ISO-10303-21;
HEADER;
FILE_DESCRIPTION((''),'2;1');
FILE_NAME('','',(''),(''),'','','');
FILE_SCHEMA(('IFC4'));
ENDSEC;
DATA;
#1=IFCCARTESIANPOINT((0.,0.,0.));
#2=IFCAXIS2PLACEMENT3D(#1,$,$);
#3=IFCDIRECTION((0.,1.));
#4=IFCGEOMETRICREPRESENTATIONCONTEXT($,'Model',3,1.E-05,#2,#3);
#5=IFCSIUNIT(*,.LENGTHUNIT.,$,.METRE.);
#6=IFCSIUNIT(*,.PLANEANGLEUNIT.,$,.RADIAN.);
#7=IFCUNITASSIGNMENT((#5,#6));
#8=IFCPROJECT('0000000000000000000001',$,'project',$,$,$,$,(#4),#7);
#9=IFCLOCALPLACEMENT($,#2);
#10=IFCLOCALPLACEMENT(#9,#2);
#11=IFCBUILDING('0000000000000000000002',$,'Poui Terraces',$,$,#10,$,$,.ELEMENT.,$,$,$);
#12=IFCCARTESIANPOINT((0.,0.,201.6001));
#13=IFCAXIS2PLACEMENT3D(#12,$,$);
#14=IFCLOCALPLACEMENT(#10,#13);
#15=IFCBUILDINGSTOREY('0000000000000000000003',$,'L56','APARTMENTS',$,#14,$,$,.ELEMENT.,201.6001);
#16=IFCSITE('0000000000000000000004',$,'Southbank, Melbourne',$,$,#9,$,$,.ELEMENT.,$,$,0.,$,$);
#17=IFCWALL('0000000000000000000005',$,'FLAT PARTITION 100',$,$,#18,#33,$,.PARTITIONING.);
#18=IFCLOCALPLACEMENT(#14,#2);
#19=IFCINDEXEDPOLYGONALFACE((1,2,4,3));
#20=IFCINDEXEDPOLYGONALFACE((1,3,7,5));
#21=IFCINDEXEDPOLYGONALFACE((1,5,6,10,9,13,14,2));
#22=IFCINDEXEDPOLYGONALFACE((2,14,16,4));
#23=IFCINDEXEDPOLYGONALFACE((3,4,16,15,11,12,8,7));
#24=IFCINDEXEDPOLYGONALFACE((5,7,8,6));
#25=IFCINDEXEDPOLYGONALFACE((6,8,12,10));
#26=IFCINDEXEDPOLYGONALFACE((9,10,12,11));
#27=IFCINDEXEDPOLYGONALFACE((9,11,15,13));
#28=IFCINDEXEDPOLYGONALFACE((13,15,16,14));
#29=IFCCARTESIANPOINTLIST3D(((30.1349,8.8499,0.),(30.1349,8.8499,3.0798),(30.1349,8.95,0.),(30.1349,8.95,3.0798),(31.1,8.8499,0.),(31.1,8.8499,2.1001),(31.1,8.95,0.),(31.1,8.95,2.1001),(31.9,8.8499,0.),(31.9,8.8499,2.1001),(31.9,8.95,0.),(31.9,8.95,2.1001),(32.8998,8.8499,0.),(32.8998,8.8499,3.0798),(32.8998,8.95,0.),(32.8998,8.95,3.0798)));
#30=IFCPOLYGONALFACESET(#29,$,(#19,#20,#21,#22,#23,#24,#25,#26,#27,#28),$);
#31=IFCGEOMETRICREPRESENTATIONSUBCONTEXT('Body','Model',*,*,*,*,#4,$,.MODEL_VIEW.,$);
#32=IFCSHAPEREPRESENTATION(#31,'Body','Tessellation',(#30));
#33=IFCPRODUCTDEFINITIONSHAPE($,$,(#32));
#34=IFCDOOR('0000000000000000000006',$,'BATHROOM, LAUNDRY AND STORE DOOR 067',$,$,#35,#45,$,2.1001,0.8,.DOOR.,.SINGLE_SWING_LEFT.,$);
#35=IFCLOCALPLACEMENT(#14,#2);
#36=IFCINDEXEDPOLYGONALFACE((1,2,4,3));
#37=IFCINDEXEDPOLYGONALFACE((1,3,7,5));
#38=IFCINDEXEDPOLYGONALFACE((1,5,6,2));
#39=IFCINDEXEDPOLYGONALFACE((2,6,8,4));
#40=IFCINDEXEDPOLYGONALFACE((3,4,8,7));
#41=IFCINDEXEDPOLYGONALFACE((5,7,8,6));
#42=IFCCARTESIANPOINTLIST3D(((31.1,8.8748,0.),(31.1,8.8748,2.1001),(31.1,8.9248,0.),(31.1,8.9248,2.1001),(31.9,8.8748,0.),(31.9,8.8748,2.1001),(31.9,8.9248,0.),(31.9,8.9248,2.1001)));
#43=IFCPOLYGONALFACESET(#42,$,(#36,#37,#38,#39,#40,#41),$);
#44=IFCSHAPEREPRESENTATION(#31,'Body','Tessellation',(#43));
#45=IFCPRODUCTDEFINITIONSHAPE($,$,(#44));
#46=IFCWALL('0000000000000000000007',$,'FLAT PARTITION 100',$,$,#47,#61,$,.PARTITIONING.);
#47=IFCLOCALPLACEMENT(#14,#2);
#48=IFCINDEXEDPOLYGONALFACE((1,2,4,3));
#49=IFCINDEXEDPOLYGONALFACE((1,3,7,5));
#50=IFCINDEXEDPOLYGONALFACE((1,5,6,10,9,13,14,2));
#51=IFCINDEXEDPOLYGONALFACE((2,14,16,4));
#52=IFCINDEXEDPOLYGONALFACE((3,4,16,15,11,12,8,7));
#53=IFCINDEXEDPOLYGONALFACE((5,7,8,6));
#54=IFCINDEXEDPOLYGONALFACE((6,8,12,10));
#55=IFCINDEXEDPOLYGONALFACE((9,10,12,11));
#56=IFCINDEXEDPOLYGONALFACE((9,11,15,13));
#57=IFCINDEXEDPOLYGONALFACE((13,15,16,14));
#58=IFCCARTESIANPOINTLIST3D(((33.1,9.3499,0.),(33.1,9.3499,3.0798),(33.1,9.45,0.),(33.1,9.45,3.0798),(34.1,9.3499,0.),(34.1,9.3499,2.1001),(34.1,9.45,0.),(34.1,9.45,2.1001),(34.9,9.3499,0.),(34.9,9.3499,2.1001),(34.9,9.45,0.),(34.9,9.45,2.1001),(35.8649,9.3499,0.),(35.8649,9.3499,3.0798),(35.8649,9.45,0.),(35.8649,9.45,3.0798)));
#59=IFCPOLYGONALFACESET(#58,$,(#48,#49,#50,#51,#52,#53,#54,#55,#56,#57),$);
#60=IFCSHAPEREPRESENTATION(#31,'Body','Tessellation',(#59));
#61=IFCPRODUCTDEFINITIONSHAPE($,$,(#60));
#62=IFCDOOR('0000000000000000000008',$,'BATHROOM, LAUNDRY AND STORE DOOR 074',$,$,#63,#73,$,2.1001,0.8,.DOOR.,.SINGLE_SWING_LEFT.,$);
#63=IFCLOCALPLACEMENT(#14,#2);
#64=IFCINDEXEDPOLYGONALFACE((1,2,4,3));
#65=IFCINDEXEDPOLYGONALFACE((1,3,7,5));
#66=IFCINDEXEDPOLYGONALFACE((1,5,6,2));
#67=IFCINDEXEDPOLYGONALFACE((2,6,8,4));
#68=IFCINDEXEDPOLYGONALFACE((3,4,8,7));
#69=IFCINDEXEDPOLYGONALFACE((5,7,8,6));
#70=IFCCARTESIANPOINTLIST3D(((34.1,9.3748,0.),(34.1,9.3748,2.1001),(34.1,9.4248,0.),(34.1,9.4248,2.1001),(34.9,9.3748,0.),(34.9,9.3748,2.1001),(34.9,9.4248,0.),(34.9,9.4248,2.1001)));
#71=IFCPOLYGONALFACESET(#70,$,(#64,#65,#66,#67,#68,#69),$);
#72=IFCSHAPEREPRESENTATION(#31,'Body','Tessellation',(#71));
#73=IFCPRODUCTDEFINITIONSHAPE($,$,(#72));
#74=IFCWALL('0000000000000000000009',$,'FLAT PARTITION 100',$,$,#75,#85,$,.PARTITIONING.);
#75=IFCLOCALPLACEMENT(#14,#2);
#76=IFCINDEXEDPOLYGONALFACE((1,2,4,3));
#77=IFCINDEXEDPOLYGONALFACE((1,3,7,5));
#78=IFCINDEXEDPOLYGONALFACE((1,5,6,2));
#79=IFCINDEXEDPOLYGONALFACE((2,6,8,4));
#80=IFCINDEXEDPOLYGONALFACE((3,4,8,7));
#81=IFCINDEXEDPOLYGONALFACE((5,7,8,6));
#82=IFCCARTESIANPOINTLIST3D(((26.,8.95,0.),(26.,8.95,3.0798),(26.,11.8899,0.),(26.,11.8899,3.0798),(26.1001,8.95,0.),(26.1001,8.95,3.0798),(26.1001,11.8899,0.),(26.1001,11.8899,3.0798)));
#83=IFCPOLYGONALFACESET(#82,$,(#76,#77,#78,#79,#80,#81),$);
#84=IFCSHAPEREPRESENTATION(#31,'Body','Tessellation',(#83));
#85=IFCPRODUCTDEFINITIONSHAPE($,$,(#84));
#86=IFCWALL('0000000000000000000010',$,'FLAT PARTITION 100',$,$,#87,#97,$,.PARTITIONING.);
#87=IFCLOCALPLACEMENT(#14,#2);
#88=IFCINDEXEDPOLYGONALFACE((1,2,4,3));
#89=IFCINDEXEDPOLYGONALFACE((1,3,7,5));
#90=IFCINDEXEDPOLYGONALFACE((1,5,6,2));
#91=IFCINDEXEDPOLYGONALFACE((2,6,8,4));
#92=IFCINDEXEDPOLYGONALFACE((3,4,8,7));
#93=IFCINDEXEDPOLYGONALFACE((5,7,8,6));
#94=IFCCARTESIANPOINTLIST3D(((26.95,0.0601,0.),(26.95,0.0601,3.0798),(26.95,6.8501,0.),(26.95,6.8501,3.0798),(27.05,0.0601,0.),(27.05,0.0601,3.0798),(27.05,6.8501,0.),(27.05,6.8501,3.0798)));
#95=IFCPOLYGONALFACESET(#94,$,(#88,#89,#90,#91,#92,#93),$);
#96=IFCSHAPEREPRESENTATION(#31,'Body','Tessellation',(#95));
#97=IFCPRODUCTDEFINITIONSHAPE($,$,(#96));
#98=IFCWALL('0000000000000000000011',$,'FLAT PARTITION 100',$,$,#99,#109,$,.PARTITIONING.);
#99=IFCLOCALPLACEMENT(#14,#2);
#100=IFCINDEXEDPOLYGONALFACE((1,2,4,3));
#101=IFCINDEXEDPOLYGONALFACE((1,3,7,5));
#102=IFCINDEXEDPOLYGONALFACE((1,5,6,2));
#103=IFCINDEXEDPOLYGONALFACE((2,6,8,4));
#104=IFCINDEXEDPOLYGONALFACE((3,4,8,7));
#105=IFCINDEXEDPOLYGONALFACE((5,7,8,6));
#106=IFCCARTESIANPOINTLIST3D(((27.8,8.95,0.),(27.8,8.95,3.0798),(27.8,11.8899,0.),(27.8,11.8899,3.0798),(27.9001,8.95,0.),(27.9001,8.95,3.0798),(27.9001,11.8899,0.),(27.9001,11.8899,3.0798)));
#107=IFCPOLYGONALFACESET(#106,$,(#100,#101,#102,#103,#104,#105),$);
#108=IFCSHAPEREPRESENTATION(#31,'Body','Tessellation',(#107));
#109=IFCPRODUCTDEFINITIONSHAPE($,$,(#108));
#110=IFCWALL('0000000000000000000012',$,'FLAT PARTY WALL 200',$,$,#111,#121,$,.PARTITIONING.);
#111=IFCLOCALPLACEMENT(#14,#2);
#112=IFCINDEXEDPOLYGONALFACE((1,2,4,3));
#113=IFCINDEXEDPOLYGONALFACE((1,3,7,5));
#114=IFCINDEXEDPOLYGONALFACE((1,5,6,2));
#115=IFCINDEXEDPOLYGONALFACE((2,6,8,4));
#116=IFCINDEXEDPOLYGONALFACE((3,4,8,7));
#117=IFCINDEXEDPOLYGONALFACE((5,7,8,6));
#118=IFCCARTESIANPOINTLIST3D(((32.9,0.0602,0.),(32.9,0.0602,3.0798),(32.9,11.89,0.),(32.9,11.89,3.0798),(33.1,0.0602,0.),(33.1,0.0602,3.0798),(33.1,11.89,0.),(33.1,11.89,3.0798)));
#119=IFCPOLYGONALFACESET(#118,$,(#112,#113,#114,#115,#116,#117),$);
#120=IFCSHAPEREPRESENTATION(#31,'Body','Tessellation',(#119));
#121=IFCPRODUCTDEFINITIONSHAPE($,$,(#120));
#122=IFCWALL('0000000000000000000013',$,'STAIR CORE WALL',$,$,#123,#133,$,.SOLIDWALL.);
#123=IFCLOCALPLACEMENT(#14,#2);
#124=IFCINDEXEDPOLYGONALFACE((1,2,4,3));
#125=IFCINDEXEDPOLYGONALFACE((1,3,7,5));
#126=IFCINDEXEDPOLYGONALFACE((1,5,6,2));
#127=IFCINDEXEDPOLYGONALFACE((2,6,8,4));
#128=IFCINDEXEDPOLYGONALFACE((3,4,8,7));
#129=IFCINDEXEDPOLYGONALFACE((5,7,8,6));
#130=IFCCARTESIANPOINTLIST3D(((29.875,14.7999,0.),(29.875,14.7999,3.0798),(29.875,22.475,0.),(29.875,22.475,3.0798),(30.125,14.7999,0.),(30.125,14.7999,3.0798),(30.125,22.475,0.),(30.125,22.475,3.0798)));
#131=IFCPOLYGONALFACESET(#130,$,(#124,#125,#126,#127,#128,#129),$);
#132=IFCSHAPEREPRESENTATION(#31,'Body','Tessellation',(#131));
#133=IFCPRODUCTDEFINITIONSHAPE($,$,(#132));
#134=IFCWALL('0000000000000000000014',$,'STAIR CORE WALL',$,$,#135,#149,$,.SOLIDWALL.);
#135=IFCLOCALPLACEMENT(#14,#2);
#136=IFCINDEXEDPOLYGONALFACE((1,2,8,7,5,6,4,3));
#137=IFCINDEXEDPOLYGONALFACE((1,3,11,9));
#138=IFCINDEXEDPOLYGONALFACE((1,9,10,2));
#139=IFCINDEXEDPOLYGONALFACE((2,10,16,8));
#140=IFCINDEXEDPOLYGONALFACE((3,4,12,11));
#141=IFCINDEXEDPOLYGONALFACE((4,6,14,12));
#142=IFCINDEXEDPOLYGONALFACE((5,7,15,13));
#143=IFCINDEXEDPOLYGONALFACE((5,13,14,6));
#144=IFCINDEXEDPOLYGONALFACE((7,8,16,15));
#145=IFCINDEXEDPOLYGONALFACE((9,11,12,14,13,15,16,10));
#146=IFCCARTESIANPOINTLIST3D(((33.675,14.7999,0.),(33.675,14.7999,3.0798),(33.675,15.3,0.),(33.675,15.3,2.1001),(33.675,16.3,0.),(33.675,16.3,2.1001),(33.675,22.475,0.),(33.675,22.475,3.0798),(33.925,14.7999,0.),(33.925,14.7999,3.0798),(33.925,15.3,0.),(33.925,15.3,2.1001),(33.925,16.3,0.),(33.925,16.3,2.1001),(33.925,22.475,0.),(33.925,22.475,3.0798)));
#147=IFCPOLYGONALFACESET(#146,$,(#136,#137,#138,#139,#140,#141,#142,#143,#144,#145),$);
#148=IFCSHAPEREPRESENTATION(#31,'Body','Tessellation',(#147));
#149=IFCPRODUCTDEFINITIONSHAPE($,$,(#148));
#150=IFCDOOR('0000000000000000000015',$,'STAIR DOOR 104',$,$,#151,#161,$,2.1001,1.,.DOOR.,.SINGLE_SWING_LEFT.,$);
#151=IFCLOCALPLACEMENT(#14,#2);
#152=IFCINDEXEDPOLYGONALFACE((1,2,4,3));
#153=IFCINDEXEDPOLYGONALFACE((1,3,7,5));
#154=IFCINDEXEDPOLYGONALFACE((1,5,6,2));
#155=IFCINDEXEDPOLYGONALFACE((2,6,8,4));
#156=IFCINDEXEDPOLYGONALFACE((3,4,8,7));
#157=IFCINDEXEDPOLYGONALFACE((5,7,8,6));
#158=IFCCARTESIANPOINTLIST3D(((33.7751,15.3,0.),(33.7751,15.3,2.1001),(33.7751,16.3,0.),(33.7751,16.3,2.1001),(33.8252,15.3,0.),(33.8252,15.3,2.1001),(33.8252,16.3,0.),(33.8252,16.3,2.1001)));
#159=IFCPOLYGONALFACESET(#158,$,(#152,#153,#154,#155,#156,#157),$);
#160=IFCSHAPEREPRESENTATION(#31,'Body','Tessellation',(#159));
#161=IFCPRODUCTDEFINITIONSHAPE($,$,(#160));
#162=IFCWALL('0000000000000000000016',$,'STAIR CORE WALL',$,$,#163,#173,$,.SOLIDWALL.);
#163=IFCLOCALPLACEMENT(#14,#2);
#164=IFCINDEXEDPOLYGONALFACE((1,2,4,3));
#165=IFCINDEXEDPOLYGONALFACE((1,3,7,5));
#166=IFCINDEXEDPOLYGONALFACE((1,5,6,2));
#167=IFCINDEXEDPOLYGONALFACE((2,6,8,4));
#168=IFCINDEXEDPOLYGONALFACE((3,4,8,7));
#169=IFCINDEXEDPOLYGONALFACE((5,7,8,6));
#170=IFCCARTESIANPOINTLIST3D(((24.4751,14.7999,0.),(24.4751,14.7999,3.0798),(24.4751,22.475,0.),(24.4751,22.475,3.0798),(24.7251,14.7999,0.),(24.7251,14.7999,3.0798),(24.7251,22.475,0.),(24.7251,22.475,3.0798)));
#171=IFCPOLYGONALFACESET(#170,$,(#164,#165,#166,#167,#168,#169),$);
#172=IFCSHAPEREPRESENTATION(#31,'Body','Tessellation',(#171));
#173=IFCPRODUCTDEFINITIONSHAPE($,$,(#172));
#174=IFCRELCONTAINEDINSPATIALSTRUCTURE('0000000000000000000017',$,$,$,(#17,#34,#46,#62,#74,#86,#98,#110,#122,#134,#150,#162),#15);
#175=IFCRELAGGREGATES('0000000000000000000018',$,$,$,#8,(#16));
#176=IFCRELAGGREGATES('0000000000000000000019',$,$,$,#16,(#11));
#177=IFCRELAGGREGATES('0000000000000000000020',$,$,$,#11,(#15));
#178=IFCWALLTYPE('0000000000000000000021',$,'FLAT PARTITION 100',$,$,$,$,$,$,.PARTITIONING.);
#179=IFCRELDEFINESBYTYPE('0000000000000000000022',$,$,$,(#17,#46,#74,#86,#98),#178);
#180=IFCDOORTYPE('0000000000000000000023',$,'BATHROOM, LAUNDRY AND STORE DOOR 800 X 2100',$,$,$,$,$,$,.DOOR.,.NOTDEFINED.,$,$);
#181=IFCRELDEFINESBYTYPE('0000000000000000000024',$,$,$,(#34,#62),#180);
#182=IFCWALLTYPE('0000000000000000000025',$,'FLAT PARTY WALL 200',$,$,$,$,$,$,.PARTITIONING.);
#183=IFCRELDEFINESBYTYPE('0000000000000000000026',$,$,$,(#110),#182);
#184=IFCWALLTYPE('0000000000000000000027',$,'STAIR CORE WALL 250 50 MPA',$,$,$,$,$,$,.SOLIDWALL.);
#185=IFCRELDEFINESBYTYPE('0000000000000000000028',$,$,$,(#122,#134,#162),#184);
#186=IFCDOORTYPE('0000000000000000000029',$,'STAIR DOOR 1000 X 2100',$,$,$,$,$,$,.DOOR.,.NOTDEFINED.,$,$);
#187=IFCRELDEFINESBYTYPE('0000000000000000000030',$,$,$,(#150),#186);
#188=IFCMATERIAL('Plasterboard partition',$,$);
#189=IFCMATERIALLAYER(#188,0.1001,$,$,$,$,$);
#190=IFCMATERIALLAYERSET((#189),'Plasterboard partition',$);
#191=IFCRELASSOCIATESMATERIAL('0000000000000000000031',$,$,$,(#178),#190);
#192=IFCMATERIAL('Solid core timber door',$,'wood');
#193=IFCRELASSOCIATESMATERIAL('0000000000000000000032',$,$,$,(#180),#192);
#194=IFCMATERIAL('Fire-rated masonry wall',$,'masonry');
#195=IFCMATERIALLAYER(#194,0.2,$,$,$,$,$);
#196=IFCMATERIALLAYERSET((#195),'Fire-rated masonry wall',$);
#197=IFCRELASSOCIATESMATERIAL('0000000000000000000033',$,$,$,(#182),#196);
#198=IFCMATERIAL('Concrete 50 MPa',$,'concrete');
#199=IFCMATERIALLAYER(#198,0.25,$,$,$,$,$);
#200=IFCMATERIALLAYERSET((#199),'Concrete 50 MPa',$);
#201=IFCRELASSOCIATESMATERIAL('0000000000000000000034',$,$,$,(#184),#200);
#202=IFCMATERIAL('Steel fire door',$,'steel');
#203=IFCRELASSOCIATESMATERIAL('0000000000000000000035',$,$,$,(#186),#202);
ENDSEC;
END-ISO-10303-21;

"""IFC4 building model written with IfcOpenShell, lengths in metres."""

from ifc_helpers import new_model, si_unit, direction, frame, frame_2d, origin, place, context, subcontext, project, spatial, rectangle, extrude, material, layer, layer_set, type_object, element, fill, save


model = new_model("IFC4")

# Units and contexts
model_context = context("Model", 3, precision=1e-05, world=origin(), true_north=direction((0.0, 1.0)))
body_context = subcontext(model_context, "Body", "Model", "MODEL_VIEW")
ifc_project = project(units=[si_unit("LENGTHUNIT", "METRE"), si_unit("PLANEANGLEUNIT", "RADIAN")], contexts=[model_context])

# Site, building, storey
site_placement = place(None, origin())
site = spatial("IfcSite", under=ifc_project, at=site_placement, Name="Southbank, Melbourne", CompositionType="ELEMENT", RefElevation=0.0)
building_placement = place(site_placement, origin())
building = spatial("IfcBuilding", under=site, at=building_placement, Name="Poui Terraces", CompositionType="ELEMENT")
storey_placement = place(building_placement, frame((0.0, 0.0, 201.6001)))
storey = spatial("IfcBuildingStorey", under=building, at=storey_placement, Name="L56", Description="APARTMENTS", CompositionType="ELEMENT", Elevation=201.6001)

# Shared definitions
ifc_material_1 = material(Name="Concrete 50 MPa", Category="concrete")

# Walls, openings, doors
ifc_material_2 = material(Name="Solid core timber door", Category="wood")
ifc_material_3 = material(Name="Plasterboard partition")
ifc_layer_1 = layer(ifc_material_3, 0.1001)
ifc_layer_set_1 = layer_set([ifc_layer_1], Name="Plasterboard partition")
wall_type_1 = type_object("IfcWallType", Name="FLAT PARTITION 100", PredefinedType="PARTITIONING", material=ifc_layer_set_1)
wall_1_placement = place(storey_placement, frame((30.135, 8.8999, 0.0), z_axis=(0.0, 0.0, 1.0), x_axis=(1.0, 0.0, 0.0)))
wall_1 = element("IfcWall", 1, at=wall_1_placement, inside=storey, type_object=wall_type_1, Name="FLAT PARTITION 100", PredefinedType="PARTITIONING", context=body_context, shape_type="SweptSolid", body=[
    extrude(rectangle(XDim=2.7649, YDim=0.1001, at=frame_2d((1.3823, 0.0))), origin(), (0.0, 0.0, 1.0), 3.0798),
])
opening_1_placement = place(wall_1_placement, frame((0.9651, 0.0, 0.0)))
opening_1 = element("IfcOpeningElement", 2, at=opening_1_placement, cuts=wall_1, PredefinedType="OPENING", context=body_context, shape_type="SweptSolid", body=[
    extrude(rectangle(XDim=0.8, YDim=2.1001, at=frame_2d((0.3999, 1.05))), frame((0.0, 0.0601, 0.0), z_axis=(0.0, -1.0, 0.0), x_axis=(1.0, 0.0, 0.0)), (0.0, 0.0, 1.0), 0.1201),
])
door_type_1 = type_object("IfcDoorType", Name="BATHROOM, LAUNDRY AND STORE DOOR 800 X 2100", OperationType="NOTDEFINED", PredefinedType="DOOR", material=ifc_material_2)
door_1_placement = place(opening_1_placement, origin())
door_1 = element("IfcDoor", 3, at=door_1_placement, inside=storey, type_object=door_type_1, Name="BATHROOM, LAUNDRY AND STORE DOOR 067", OperationType="SINGLE_SWING_LEFT", OverallHeight=2.1001, OverallWidth=0.8, PredefinedType="DOOR", context=body_context, shape_type="SweptSolid", body=[
    extrude(rectangle(XDim=0.8, YDim=2.1001, at=frame_2d((0.3999, 1.05))), frame((0.0, 0.0249, 0.0), z_axis=(0.0, -1.0, 0.0), x_axis=(1.0, 0.0, 0.0)), (0.0, 0.0, 1.0), 0.05),
])
fill(opening_1, door_1)
wall_2_placement = place(storey_placement, frame((33.1001, 9.3999, 0.0), z_axis=(0.0, 0.0, 1.0), x_axis=(1.0, 0.0, 0.0)))
wall_2 = element("IfcWall", 4, at=wall_2_placement, inside=storey, type_object=wall_type_1, Name="FLAT PARTITION 100", PredefinedType="PARTITIONING", context=body_context, shape_type="SweptSolid", body=[
    extrude(rectangle(XDim=2.7649, YDim=0.1001, at=frame_2d((1.3823, 0.0))), origin(), (0.0, 0.0, 1.0), 3.0798),
])
opening_2_placement = place(wall_2_placement, frame((1.0, 0.0, 0.0)))
opening_2 = element("IfcOpeningElement", 5, at=opening_2_placement, cuts=wall_2, PredefinedType="OPENING", context=body_context, shape_type="SweptSolid", body=[
    extrude(rectangle(XDim=0.8, YDim=2.1001, at=frame_2d((0.3999, 1.05))), frame((0.0, 0.0601, 0.0), z_axis=(0.0, -1.0, 0.0), x_axis=(1.0, 0.0, 0.0)), (0.0, 0.0, 1.0), 0.1201),
])
door_2_placement = place(opening_2_placement, origin())
door_2 = element("IfcDoor", 6, at=door_2_placement, inside=storey, type_object=door_type_1, Name="BATHROOM, LAUNDRY AND STORE DOOR 074", OperationType="SINGLE_SWING_LEFT", OverallHeight=2.1001, OverallWidth=0.8, PredefinedType="DOOR", context=body_context, shape_type="SweptSolid", body=[
    extrude(rectangle(XDim=0.8, YDim=2.1001, at=frame_2d((0.3999, 1.05))), frame((0.0, 0.0249, 0.0), z_axis=(0.0, -1.0, 0.0), x_axis=(1.0, 0.0, 0.0)), (0.0, 0.0, 1.0), 0.05),
])
fill(opening_2, door_2)

# Walls
wall_3_placement = place(storey_placement, frame((26.05, 8.95, 0.0), z_axis=(0.0, 0.0, 1.0), x_axis=(0.0, 1.0, 0.0)))
element("IfcWall", 7, at=wall_3_placement, inside=storey, type_object=wall_type_1, Name="FLAT PARTITION 100", PredefinedType="PARTITIONING", context=body_context, shape_type="SweptSolid", body=[
    extrude(rectangle(XDim=2.9399, YDim=0.1001, at=frame_2d((1.47, 0.0))), origin(), (0.0, 0.0, 1.0), 3.0798),
])
wall_4_placement = place(storey_placement, frame((27.0, 0.0601, 0.0), z_axis=(0.0, 0.0, 1.0), x_axis=(0.0, 1.0, 0.0)))
element("IfcWall", 8, at=wall_4_placement, inside=storey, type_object=wall_type_1, Name="FLAT PARTITION 100", PredefinedType="PARTITIONING", context=body_context, shape_type="SweptSolid", body=[
    extrude(rectangle(XDim=6.79, YDim=0.1001, at=frame_2d((3.395, 0.0))), origin(), (0.0, 0.0, 1.0), 3.0798),
])
wall_5_placement = place(storey_placement, frame((27.8501, 8.95, 0.0), z_axis=(0.0, 0.0, 1.0), x_axis=(0.0, 1.0, 0.0)))
element("IfcWall", 9, at=wall_5_placement, inside=storey, type_object=wall_type_1, Name="FLAT PARTITION 100", PredefinedType="PARTITIONING", context=body_context, shape_type="SweptSolid", body=[
    extrude(rectangle(XDim=2.9399, YDim=0.1001, at=frame_2d((1.47, 0.0))), origin(), (0.0, 0.0, 1.0), 3.0798),
])
ifc_material_4 = material(Name="Fire-rated masonry wall", Category="masonry")
ifc_layer_2 = layer(ifc_material_4, 0.2)
ifc_layer_set_2 = layer_set([ifc_layer_2], Name="Fire-rated masonry wall")
wall_type_2 = type_object("IfcWallType", Name="FLAT PARTY WALL 200", PredefinedType="PARTITIONING", material=ifc_layer_set_2)
wall_6_placement = place(storey_placement, frame((33.0, 0.0601, 0.0), z_axis=(0.0, 0.0, 1.0), x_axis=(0.0, 1.0, 0.0)))
element("IfcWall", 10, at=wall_6_placement, inside=storey, type_object=wall_type_2, Name="FLAT PARTY WALL 200", PredefinedType="PARTITIONING", context=body_context, shape_type="SweptSolid", body=[
    extrude(rectangle(XDim=11.8298, YDim=0.2, at=frame_2d((5.915, 0.0))), origin(), (0.0, 0.0, 1.0), 3.0798),
])
ifc_layer_3 = layer(ifc_material_1, 0.25)
ifc_layer_set_3 = layer_set([ifc_layer_3], Name="Concrete 50 MPa")
wall_type_3 = type_object("IfcWallType", Name="STAIR CORE WALL 250 50 MPA", PredefinedType="SOLIDWALL", material=ifc_layer_set_3)
wall_7_placement = place(storey_placement, frame((30.0, 14.8, 0.0), z_axis=(0.0, 0.0, 1.0), x_axis=(0.0, 1.0, 0.0)))
element("IfcWall", 11, at=wall_7_placement, inside=storey, type_object=wall_type_3, Name="STAIR CORE WALL", PredefinedType="SOLIDWALL", context=body_context, shape_type="SweptSolid", body=[
    extrude(rectangle(XDim=7.675, YDim=0.25, at=frame_2d((3.8374, 0.0))), origin(), (0.0, 0.0, 1.0), 3.0798),
])

# Wall, opening, door
wall_8_placement = place(storey_placement, frame((33.8, 14.8, 0.0), z_axis=(0.0, 0.0, 1.0), x_axis=(0.0, 1.0, 0.0)))
wall_8 = element("IfcWall", 12, at=wall_8_placement, inside=storey, type_object=wall_type_3, Name="STAIR CORE WALL", PredefinedType="SOLIDWALL", context=body_context, shape_type="SweptSolid", body=[
    extrude(rectangle(XDim=7.675, YDim=0.25, at=frame_2d((3.8374, 0.0))), origin(), (0.0, 0.0, 1.0), 3.0798),
])
opening_3_placement = place(wall_8_placement, frame((0.5, 0.0, 0.0)))
opening_3 = element("IfcOpeningElement", 13, at=opening_3_placement, cuts=wall_8, PredefinedType="OPENING", context=body_context, shape_type="SweptSolid", body=[
    extrude(rectangle(XDim=1.0, YDim=2.1001, at=frame_2d((0.5, 1.05))), frame((0.0, 0.135, 0.0), z_axis=(0.0, -1.0, 0.0), x_axis=(1.0, 0.0, 0.0)), (0.0, 0.0, 1.0), 0.27),
])
ifc_material_5 = material(Name="Steel fire door", Category="steel")
door_type_2 = type_object("IfcDoorType", Name="STAIR DOOR 1000 X 2100", OperationType="NOTDEFINED", PredefinedType="DOOR", material=ifc_material_5)
door_3_placement = place(opening_3_placement, origin())
door_3 = element("IfcDoor", 14, at=door_3_placement, inside=storey, type_object=door_type_2, Name="STAIR DOOR 104", OperationType="SINGLE_SWING_LEFT", OverallHeight=2.1001, OverallWidth=1.0, PredefinedType="DOOR", context=body_context, shape_type="SweptSolid", body=[
    extrude(rectangle(XDim=1.0, YDim=2.1001, at=frame_2d((0.5, 1.05))), frame((0.0, 0.0249, 0.0), z_axis=(0.0, -1.0, 0.0), x_axis=(1.0, 0.0, 0.0)), (0.0, 0.0, 1.0), 0.05),
])
fill(opening_3, door_3)

# Wall
wall_9_placement = place(storey_placement, frame((24.6001, 14.8, 0.0), z_axis=(0.0, 0.0, 1.0), x_axis=(0.0, 1.0, 0.0)))
element("IfcWall", 15, at=wall_9_placement, inside=storey, type_object=wall_type_3, Name="STAIR CORE WALL", PredefinedType="SOLIDWALL", context=body_context, shape_type="SweptSolid", body=[
    extrude(rectangle(XDim=7.675, YDim=0.25, at=frame_2d((3.8374, 0.0))), origin(), (0.0, 0.0, 1.0), 3.0798),
])

save(model, "model.ifc")
